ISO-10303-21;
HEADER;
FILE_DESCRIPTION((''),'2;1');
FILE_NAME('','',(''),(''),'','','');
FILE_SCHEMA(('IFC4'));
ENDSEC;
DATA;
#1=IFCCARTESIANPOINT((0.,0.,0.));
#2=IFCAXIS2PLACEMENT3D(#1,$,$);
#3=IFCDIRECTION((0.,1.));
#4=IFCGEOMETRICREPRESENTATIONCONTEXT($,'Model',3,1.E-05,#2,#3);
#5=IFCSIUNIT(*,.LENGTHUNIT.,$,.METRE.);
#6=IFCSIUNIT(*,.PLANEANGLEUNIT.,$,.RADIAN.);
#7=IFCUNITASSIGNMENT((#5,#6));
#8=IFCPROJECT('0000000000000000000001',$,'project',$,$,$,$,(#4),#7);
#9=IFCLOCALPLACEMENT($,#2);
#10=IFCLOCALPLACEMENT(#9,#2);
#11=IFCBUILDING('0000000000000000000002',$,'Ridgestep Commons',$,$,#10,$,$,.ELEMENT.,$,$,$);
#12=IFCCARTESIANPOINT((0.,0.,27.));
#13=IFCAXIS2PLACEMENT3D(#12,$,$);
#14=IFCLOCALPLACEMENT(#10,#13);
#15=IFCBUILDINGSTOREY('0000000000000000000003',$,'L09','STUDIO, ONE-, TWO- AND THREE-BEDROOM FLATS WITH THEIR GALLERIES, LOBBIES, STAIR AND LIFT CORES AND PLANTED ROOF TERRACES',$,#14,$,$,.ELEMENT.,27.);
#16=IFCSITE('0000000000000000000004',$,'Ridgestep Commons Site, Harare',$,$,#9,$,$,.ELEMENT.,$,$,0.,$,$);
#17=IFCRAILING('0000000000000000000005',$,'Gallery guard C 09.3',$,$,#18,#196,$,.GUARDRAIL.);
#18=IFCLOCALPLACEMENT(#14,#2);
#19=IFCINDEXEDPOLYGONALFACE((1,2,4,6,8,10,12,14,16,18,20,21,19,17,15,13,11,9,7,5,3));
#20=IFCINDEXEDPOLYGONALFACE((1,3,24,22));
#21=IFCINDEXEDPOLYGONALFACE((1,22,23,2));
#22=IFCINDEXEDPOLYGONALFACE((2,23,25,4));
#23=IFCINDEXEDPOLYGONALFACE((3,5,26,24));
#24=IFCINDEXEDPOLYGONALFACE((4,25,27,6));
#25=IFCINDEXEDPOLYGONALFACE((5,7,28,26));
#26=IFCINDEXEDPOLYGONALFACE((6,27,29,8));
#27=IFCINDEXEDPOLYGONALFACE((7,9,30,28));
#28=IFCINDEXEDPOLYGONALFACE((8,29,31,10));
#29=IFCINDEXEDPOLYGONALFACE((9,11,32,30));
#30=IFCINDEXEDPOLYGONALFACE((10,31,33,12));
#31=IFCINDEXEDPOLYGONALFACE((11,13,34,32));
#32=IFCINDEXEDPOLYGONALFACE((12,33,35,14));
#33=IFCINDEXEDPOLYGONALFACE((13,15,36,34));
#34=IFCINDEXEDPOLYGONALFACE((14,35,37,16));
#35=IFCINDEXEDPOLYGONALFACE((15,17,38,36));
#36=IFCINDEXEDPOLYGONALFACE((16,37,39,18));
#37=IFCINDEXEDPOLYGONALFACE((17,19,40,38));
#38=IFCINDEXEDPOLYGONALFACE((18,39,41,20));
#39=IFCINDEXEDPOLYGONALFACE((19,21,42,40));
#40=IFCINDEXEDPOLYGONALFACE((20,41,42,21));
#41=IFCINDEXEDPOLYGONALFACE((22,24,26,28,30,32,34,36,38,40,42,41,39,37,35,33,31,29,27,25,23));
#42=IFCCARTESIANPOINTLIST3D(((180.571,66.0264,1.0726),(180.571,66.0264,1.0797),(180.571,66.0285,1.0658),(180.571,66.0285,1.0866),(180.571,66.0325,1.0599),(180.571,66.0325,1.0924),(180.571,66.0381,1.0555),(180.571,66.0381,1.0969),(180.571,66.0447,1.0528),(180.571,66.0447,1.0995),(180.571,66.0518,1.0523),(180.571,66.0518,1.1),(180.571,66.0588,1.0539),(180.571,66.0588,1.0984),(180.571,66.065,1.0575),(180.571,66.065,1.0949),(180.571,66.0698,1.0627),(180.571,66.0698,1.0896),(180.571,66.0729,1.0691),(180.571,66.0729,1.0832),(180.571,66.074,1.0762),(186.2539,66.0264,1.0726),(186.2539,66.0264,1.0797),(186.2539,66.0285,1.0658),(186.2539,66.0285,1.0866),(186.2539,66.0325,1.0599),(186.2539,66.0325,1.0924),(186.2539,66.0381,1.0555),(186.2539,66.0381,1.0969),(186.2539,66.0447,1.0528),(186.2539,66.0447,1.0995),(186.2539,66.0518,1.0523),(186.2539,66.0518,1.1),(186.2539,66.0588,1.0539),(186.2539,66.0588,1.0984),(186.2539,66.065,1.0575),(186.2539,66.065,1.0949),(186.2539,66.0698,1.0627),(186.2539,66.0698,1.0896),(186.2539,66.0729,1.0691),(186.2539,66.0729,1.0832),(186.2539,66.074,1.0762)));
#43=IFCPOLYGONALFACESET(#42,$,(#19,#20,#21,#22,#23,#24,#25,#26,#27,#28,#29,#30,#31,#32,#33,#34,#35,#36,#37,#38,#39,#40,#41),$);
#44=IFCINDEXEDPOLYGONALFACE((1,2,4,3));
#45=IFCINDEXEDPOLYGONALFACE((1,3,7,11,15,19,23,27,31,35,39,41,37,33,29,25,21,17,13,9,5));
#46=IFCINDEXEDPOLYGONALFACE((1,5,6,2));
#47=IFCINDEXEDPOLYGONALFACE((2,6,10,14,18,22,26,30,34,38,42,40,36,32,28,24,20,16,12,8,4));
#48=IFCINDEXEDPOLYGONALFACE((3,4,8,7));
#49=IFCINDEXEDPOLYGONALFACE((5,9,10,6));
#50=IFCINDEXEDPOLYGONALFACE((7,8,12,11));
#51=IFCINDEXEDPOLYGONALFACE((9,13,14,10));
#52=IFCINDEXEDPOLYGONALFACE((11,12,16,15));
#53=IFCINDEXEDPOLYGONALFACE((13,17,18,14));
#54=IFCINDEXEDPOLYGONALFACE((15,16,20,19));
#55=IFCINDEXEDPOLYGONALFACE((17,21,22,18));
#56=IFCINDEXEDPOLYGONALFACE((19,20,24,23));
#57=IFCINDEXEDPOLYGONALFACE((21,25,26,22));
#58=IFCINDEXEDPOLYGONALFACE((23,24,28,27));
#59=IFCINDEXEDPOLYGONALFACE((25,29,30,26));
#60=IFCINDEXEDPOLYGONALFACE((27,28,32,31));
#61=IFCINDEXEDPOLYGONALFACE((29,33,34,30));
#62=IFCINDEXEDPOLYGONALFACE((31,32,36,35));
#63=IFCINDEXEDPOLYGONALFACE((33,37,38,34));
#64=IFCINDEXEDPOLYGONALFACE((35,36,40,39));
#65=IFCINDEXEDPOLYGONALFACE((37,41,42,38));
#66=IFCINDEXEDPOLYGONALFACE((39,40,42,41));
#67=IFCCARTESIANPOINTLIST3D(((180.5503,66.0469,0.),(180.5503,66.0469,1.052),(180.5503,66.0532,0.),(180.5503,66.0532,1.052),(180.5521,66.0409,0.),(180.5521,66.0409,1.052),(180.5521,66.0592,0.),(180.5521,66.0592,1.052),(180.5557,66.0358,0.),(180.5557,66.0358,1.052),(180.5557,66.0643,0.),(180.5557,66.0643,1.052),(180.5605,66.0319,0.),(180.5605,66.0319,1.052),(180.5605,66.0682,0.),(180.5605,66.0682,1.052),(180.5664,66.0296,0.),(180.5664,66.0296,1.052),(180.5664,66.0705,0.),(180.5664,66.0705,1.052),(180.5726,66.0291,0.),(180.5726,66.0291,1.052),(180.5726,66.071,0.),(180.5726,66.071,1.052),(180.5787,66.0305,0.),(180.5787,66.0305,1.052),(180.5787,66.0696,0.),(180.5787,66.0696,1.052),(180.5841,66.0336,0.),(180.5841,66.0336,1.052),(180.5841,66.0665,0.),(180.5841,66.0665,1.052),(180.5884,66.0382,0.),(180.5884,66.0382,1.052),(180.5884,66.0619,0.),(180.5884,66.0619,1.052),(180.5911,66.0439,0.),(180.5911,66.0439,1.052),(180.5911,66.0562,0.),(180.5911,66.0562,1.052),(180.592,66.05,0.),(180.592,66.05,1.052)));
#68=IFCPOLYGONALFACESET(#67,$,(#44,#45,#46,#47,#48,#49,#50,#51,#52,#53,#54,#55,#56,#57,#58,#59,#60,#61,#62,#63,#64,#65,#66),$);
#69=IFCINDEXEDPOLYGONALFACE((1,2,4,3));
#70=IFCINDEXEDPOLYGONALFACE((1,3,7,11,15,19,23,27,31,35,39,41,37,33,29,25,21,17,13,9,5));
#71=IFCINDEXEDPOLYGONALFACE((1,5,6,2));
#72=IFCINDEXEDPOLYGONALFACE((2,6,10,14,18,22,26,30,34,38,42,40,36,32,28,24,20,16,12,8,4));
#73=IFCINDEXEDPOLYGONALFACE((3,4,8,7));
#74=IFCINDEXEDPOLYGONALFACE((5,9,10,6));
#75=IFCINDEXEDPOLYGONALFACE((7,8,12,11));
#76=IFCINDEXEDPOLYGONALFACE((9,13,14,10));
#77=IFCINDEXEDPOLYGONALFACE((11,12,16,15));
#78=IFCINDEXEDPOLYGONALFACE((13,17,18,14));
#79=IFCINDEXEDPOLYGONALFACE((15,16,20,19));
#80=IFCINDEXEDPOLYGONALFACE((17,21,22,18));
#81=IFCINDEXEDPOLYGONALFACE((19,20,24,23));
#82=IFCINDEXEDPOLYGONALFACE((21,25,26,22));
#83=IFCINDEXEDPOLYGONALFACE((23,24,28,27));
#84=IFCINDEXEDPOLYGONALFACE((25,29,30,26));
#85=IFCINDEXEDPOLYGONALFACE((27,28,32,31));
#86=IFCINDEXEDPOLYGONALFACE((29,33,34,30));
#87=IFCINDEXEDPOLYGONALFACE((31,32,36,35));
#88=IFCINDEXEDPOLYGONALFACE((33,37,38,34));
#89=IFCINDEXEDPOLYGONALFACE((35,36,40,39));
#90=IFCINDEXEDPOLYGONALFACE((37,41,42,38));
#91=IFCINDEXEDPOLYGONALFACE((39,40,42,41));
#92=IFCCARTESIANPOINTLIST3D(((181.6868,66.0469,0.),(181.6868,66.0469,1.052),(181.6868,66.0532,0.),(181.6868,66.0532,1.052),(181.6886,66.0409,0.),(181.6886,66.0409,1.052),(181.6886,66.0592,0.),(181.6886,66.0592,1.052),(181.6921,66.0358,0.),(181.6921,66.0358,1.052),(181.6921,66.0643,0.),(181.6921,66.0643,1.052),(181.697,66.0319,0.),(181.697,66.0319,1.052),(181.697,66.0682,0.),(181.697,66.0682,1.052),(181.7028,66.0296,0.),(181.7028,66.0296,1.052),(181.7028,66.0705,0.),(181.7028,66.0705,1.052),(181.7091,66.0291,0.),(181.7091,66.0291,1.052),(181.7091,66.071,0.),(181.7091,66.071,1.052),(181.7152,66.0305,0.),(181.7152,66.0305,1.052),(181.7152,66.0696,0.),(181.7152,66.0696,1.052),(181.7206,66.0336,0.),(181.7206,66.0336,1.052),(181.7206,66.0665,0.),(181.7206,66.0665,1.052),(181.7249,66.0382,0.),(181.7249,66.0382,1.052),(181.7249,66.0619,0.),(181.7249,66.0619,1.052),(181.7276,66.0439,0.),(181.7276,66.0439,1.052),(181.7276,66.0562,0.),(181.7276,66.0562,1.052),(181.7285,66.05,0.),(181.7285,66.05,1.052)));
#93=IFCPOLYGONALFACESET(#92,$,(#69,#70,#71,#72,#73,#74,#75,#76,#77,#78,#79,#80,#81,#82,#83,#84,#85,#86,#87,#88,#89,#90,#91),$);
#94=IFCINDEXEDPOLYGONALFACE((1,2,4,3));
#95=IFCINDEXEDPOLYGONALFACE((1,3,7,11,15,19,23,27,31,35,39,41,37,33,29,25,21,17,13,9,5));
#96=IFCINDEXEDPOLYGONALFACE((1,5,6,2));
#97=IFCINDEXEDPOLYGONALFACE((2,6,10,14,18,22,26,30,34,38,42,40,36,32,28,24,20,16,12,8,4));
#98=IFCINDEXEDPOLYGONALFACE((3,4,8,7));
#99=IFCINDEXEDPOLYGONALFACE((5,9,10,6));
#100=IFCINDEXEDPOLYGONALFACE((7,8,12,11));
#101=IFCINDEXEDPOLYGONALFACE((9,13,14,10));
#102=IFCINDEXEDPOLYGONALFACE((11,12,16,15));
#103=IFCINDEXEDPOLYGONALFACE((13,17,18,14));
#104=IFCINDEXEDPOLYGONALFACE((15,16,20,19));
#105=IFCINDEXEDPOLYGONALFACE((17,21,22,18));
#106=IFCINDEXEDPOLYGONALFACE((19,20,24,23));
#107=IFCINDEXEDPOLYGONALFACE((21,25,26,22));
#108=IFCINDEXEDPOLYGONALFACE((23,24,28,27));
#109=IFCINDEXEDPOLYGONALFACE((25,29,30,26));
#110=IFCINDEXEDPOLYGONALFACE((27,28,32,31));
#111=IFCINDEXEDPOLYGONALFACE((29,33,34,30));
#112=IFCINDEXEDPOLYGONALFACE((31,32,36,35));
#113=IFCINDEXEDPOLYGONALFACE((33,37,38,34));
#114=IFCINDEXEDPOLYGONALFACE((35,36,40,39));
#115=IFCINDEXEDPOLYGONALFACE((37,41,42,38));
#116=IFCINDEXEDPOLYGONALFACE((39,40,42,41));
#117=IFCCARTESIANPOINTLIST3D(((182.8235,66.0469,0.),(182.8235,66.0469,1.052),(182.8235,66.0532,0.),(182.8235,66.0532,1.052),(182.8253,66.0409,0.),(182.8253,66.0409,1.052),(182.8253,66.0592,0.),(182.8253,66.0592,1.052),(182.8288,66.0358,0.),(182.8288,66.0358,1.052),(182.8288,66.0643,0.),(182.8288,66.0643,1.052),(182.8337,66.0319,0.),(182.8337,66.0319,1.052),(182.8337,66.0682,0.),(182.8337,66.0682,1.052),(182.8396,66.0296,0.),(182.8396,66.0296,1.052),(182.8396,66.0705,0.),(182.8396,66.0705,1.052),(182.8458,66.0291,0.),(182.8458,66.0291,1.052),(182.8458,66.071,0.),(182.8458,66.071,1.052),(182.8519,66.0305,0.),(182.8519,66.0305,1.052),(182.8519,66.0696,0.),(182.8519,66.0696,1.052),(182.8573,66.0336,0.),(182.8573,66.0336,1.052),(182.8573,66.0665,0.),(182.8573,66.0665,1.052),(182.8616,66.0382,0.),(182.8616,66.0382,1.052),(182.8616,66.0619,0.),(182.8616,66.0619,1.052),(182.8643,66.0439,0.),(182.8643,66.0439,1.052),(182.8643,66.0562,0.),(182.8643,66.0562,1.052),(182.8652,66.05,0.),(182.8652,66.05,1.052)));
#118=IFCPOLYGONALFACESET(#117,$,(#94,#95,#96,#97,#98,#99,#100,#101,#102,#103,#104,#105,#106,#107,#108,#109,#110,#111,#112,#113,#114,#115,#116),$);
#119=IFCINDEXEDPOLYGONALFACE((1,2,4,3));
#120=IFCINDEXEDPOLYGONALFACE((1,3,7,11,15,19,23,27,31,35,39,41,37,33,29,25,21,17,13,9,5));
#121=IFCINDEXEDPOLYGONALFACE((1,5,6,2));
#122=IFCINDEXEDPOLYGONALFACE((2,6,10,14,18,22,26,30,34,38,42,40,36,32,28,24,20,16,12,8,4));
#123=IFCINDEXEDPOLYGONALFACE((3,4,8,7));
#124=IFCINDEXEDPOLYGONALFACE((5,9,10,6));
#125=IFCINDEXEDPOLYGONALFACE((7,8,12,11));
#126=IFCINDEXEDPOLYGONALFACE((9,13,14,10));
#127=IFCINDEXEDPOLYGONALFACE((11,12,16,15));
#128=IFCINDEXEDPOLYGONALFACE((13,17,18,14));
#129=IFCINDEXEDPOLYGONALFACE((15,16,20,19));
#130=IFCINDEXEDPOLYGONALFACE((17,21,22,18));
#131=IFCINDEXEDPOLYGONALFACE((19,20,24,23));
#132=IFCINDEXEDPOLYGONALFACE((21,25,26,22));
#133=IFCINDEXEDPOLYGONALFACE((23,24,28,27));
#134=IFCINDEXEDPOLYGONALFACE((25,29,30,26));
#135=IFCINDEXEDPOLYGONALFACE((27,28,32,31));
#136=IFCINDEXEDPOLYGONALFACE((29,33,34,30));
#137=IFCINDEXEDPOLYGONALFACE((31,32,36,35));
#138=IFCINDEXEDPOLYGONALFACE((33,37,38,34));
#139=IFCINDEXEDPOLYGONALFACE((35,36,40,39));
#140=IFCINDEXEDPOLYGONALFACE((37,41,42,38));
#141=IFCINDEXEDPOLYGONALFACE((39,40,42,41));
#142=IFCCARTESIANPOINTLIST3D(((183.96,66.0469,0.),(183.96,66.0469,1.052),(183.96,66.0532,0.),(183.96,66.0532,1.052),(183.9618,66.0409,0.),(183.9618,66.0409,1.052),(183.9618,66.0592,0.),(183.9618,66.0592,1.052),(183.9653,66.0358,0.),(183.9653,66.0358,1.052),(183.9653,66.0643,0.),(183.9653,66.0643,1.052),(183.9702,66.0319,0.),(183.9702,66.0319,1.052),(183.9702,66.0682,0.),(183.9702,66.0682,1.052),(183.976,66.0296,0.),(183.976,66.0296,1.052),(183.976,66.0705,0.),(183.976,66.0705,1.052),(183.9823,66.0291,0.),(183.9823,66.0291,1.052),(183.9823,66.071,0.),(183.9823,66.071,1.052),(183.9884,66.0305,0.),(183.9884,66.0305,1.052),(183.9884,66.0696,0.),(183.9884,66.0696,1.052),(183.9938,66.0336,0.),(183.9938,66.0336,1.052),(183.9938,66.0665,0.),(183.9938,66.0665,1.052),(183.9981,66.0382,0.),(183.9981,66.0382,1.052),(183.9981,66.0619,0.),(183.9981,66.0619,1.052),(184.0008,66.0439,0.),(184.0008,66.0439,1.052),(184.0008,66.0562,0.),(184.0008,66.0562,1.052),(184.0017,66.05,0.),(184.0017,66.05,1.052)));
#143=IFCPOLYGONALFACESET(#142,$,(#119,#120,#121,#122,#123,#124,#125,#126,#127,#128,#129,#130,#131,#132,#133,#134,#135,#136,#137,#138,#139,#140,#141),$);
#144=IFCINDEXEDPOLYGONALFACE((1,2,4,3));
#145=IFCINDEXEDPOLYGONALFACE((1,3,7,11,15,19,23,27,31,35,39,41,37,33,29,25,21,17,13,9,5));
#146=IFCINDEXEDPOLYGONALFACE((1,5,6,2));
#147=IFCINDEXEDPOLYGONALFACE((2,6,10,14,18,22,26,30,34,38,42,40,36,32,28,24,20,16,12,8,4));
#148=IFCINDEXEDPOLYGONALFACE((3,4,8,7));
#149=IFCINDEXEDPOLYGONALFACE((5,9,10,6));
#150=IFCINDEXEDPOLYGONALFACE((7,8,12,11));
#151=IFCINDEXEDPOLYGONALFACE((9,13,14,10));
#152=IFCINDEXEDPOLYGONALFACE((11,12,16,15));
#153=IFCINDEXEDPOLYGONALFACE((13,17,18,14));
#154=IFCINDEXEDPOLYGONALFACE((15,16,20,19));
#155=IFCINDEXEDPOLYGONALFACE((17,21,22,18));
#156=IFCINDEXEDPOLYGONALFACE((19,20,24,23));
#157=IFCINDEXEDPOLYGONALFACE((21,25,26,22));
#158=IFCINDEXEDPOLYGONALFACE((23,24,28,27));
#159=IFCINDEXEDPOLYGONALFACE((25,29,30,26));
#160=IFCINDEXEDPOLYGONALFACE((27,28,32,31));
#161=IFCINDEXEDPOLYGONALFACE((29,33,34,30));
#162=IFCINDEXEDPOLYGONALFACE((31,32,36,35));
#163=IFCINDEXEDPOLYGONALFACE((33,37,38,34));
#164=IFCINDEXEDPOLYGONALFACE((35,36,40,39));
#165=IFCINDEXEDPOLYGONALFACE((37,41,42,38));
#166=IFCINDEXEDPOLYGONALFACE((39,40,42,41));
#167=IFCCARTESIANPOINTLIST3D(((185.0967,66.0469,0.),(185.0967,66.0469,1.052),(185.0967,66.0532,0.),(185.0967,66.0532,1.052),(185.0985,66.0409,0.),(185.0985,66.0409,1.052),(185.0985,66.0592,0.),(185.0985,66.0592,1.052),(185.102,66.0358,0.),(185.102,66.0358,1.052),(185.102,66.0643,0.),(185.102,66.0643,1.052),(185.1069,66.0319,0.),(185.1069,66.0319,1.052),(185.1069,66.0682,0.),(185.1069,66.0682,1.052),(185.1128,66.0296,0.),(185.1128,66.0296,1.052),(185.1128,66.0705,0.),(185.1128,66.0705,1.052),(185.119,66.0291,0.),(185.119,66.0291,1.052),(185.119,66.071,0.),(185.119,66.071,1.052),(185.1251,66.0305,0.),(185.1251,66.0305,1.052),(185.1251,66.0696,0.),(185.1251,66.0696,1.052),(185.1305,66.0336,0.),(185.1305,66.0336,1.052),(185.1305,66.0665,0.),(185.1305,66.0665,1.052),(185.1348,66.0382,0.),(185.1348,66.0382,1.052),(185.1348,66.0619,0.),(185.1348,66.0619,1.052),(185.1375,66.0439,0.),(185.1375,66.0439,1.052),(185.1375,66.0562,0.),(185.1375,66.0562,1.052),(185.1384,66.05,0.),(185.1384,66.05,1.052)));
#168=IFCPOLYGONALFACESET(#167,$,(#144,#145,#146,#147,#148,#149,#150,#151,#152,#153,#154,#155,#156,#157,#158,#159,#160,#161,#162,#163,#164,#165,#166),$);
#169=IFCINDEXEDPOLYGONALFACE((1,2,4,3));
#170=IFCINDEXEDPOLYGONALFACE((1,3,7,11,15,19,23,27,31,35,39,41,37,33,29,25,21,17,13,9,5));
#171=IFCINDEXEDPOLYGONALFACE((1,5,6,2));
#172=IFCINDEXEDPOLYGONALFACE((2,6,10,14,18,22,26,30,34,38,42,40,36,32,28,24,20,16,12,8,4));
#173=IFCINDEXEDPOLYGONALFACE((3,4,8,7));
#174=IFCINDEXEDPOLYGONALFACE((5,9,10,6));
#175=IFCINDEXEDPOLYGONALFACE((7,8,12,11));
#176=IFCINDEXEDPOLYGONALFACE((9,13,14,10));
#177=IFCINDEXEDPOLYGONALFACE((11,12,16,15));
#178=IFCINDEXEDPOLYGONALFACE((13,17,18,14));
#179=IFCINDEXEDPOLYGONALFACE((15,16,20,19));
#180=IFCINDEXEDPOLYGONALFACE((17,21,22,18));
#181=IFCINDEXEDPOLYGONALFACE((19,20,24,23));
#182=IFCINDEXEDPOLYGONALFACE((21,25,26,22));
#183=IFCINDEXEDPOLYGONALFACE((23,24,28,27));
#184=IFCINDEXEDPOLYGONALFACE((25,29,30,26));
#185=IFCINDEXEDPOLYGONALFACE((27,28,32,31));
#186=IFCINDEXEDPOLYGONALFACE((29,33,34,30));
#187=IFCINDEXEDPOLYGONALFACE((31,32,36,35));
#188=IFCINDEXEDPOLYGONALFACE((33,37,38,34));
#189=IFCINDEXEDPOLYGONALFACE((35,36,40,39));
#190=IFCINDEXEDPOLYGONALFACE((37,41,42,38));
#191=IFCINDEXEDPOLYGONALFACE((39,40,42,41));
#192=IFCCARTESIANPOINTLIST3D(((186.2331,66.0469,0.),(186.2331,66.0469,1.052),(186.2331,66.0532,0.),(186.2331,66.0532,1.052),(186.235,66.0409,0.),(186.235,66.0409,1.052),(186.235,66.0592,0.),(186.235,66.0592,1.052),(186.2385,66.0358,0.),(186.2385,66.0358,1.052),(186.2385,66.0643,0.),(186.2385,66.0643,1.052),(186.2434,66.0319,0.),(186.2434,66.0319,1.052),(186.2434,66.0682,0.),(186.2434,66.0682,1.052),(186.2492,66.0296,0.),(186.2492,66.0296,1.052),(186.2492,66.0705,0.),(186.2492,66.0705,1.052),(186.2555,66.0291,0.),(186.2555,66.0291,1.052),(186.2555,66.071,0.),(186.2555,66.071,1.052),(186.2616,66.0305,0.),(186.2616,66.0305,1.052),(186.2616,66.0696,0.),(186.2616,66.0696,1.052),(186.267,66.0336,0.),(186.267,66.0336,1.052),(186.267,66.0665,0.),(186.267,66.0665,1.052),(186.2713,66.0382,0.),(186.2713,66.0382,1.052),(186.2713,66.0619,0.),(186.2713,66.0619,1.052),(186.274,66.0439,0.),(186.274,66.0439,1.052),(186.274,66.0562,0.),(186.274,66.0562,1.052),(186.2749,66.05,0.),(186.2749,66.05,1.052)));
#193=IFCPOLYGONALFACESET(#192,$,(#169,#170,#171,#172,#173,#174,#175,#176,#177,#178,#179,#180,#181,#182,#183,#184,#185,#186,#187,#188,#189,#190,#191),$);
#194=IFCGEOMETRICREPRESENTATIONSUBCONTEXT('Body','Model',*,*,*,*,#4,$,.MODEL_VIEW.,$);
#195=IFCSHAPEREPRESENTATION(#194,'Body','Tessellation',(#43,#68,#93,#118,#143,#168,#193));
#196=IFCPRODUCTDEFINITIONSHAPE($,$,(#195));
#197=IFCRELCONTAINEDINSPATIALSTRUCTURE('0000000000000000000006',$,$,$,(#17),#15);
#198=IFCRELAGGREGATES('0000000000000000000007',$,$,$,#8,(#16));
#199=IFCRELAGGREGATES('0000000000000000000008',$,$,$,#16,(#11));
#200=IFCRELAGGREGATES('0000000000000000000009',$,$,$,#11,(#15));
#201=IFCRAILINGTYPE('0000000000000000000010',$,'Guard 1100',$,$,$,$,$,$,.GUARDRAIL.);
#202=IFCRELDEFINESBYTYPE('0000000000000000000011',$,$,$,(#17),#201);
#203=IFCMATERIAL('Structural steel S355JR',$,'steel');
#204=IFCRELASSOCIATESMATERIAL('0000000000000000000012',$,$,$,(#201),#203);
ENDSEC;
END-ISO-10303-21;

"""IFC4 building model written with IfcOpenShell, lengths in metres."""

from ifc_helpers import new_model, si_unit, direction, frame, origin, origin_2d, place, context, subcontext, project, spatial, circle, extrude, material, type_object, element, save


model = new_model("IFC4")

# Units and contexts
model_context = context("Model", 3, precision=1e-05, world=origin(), true_north=direction((0.0, 1.0)))
body_context = subcontext(model_context, "Body", "Model", "MODEL_VIEW")
ifc_project = project(units=[si_unit("LENGTHUNIT", "METRE"), si_unit("PLANEANGLEUNIT", "RADIAN")], contexts=[model_context])

# Site, building, storey
site_placement = place(None, origin())
site = spatial("IfcSite", under=ifc_project, at=site_placement, Name="Ridgestep Commons Site, Harare", CompositionType="ELEMENT", RefElevation=0.0)
building_placement = place(site_placement, origin())
building = spatial("IfcBuilding", under=site, at=building_placement, Name="Ridgestep Commons", CompositionType="ELEMENT")
storey_placement = place(building_placement, frame((0.0, 0.0, 27.0)))
storey = spatial("IfcBuildingStorey", under=building, at=storey_placement, Name="L09", Description="STUDIO, ONE-, TWO- AND THREE-BEDROOM FLATS WITH THEIR GALLERIES, LOBBIES, STAIR AND LIFT CORES AND PLANTED ROOF TERRACES", CompositionType="ELEMENT", Elevation=27.0)

# Railing
ifc_material_1 = material(Name="Structural steel S355JR", Category="steel")
railing_type_1 = type_object("IfcRailingType", Name="Guard 1100", PredefinedType="GUARDRAIL", material=ifc_material_1)
railing_1_placement = place(storey_placement, frame((180.571, 66.05, 0.0)))
element("IfcRailing", 1, at=railing_1_placement, inside=storey, type_object=railing_type_1, Name="Gallery guard C 09.3", PredefinedType="GUARDRAIL", context=body_context, shape_type="SweptSolid", body=[
    extrude(circle(Radius=0.0239, at=origin_2d()), frame((0.0, 0.0, 1.0762), z_axis=(1.0, 0.0, 0.0), x_axis=(0.0, 1.0, 0.0)), (0.0, 0.0, 1.0), 5.6829),
    extrude(circle(Radius=0.021, at=origin_2d()), origin(), (0.0, 0.0, 1.0), 1.052),
    extrude(circle(Radius=0.021, at=origin_2d()), frame((1.1365, 0.0, 0.0)), (0.0, 0.0, 1.0), 1.052),
    extrude(circle(Radius=0.021, at=origin_2d()), frame((2.2732, 0.0, 0.0)), (0.0, 0.0, 1.0), 1.052),
    extrude(circle(Radius=0.021, at=origin_2d()), frame((3.4097, 0.0, 0.0)), (0.0, 0.0, 1.0), 1.052),
    extrude(circle(Radius=0.021, at=origin_2d()), frame((4.5464, 0.0, 0.0)), (0.0, 0.0, 1.0), 1.052),
    extrude(circle(Radius=0.021, at=origin_2d()), frame((5.6829, 0.0, 0.0)), (0.0, 0.0, 1.0), 1.052),
])

save(model, "model.ifc")
